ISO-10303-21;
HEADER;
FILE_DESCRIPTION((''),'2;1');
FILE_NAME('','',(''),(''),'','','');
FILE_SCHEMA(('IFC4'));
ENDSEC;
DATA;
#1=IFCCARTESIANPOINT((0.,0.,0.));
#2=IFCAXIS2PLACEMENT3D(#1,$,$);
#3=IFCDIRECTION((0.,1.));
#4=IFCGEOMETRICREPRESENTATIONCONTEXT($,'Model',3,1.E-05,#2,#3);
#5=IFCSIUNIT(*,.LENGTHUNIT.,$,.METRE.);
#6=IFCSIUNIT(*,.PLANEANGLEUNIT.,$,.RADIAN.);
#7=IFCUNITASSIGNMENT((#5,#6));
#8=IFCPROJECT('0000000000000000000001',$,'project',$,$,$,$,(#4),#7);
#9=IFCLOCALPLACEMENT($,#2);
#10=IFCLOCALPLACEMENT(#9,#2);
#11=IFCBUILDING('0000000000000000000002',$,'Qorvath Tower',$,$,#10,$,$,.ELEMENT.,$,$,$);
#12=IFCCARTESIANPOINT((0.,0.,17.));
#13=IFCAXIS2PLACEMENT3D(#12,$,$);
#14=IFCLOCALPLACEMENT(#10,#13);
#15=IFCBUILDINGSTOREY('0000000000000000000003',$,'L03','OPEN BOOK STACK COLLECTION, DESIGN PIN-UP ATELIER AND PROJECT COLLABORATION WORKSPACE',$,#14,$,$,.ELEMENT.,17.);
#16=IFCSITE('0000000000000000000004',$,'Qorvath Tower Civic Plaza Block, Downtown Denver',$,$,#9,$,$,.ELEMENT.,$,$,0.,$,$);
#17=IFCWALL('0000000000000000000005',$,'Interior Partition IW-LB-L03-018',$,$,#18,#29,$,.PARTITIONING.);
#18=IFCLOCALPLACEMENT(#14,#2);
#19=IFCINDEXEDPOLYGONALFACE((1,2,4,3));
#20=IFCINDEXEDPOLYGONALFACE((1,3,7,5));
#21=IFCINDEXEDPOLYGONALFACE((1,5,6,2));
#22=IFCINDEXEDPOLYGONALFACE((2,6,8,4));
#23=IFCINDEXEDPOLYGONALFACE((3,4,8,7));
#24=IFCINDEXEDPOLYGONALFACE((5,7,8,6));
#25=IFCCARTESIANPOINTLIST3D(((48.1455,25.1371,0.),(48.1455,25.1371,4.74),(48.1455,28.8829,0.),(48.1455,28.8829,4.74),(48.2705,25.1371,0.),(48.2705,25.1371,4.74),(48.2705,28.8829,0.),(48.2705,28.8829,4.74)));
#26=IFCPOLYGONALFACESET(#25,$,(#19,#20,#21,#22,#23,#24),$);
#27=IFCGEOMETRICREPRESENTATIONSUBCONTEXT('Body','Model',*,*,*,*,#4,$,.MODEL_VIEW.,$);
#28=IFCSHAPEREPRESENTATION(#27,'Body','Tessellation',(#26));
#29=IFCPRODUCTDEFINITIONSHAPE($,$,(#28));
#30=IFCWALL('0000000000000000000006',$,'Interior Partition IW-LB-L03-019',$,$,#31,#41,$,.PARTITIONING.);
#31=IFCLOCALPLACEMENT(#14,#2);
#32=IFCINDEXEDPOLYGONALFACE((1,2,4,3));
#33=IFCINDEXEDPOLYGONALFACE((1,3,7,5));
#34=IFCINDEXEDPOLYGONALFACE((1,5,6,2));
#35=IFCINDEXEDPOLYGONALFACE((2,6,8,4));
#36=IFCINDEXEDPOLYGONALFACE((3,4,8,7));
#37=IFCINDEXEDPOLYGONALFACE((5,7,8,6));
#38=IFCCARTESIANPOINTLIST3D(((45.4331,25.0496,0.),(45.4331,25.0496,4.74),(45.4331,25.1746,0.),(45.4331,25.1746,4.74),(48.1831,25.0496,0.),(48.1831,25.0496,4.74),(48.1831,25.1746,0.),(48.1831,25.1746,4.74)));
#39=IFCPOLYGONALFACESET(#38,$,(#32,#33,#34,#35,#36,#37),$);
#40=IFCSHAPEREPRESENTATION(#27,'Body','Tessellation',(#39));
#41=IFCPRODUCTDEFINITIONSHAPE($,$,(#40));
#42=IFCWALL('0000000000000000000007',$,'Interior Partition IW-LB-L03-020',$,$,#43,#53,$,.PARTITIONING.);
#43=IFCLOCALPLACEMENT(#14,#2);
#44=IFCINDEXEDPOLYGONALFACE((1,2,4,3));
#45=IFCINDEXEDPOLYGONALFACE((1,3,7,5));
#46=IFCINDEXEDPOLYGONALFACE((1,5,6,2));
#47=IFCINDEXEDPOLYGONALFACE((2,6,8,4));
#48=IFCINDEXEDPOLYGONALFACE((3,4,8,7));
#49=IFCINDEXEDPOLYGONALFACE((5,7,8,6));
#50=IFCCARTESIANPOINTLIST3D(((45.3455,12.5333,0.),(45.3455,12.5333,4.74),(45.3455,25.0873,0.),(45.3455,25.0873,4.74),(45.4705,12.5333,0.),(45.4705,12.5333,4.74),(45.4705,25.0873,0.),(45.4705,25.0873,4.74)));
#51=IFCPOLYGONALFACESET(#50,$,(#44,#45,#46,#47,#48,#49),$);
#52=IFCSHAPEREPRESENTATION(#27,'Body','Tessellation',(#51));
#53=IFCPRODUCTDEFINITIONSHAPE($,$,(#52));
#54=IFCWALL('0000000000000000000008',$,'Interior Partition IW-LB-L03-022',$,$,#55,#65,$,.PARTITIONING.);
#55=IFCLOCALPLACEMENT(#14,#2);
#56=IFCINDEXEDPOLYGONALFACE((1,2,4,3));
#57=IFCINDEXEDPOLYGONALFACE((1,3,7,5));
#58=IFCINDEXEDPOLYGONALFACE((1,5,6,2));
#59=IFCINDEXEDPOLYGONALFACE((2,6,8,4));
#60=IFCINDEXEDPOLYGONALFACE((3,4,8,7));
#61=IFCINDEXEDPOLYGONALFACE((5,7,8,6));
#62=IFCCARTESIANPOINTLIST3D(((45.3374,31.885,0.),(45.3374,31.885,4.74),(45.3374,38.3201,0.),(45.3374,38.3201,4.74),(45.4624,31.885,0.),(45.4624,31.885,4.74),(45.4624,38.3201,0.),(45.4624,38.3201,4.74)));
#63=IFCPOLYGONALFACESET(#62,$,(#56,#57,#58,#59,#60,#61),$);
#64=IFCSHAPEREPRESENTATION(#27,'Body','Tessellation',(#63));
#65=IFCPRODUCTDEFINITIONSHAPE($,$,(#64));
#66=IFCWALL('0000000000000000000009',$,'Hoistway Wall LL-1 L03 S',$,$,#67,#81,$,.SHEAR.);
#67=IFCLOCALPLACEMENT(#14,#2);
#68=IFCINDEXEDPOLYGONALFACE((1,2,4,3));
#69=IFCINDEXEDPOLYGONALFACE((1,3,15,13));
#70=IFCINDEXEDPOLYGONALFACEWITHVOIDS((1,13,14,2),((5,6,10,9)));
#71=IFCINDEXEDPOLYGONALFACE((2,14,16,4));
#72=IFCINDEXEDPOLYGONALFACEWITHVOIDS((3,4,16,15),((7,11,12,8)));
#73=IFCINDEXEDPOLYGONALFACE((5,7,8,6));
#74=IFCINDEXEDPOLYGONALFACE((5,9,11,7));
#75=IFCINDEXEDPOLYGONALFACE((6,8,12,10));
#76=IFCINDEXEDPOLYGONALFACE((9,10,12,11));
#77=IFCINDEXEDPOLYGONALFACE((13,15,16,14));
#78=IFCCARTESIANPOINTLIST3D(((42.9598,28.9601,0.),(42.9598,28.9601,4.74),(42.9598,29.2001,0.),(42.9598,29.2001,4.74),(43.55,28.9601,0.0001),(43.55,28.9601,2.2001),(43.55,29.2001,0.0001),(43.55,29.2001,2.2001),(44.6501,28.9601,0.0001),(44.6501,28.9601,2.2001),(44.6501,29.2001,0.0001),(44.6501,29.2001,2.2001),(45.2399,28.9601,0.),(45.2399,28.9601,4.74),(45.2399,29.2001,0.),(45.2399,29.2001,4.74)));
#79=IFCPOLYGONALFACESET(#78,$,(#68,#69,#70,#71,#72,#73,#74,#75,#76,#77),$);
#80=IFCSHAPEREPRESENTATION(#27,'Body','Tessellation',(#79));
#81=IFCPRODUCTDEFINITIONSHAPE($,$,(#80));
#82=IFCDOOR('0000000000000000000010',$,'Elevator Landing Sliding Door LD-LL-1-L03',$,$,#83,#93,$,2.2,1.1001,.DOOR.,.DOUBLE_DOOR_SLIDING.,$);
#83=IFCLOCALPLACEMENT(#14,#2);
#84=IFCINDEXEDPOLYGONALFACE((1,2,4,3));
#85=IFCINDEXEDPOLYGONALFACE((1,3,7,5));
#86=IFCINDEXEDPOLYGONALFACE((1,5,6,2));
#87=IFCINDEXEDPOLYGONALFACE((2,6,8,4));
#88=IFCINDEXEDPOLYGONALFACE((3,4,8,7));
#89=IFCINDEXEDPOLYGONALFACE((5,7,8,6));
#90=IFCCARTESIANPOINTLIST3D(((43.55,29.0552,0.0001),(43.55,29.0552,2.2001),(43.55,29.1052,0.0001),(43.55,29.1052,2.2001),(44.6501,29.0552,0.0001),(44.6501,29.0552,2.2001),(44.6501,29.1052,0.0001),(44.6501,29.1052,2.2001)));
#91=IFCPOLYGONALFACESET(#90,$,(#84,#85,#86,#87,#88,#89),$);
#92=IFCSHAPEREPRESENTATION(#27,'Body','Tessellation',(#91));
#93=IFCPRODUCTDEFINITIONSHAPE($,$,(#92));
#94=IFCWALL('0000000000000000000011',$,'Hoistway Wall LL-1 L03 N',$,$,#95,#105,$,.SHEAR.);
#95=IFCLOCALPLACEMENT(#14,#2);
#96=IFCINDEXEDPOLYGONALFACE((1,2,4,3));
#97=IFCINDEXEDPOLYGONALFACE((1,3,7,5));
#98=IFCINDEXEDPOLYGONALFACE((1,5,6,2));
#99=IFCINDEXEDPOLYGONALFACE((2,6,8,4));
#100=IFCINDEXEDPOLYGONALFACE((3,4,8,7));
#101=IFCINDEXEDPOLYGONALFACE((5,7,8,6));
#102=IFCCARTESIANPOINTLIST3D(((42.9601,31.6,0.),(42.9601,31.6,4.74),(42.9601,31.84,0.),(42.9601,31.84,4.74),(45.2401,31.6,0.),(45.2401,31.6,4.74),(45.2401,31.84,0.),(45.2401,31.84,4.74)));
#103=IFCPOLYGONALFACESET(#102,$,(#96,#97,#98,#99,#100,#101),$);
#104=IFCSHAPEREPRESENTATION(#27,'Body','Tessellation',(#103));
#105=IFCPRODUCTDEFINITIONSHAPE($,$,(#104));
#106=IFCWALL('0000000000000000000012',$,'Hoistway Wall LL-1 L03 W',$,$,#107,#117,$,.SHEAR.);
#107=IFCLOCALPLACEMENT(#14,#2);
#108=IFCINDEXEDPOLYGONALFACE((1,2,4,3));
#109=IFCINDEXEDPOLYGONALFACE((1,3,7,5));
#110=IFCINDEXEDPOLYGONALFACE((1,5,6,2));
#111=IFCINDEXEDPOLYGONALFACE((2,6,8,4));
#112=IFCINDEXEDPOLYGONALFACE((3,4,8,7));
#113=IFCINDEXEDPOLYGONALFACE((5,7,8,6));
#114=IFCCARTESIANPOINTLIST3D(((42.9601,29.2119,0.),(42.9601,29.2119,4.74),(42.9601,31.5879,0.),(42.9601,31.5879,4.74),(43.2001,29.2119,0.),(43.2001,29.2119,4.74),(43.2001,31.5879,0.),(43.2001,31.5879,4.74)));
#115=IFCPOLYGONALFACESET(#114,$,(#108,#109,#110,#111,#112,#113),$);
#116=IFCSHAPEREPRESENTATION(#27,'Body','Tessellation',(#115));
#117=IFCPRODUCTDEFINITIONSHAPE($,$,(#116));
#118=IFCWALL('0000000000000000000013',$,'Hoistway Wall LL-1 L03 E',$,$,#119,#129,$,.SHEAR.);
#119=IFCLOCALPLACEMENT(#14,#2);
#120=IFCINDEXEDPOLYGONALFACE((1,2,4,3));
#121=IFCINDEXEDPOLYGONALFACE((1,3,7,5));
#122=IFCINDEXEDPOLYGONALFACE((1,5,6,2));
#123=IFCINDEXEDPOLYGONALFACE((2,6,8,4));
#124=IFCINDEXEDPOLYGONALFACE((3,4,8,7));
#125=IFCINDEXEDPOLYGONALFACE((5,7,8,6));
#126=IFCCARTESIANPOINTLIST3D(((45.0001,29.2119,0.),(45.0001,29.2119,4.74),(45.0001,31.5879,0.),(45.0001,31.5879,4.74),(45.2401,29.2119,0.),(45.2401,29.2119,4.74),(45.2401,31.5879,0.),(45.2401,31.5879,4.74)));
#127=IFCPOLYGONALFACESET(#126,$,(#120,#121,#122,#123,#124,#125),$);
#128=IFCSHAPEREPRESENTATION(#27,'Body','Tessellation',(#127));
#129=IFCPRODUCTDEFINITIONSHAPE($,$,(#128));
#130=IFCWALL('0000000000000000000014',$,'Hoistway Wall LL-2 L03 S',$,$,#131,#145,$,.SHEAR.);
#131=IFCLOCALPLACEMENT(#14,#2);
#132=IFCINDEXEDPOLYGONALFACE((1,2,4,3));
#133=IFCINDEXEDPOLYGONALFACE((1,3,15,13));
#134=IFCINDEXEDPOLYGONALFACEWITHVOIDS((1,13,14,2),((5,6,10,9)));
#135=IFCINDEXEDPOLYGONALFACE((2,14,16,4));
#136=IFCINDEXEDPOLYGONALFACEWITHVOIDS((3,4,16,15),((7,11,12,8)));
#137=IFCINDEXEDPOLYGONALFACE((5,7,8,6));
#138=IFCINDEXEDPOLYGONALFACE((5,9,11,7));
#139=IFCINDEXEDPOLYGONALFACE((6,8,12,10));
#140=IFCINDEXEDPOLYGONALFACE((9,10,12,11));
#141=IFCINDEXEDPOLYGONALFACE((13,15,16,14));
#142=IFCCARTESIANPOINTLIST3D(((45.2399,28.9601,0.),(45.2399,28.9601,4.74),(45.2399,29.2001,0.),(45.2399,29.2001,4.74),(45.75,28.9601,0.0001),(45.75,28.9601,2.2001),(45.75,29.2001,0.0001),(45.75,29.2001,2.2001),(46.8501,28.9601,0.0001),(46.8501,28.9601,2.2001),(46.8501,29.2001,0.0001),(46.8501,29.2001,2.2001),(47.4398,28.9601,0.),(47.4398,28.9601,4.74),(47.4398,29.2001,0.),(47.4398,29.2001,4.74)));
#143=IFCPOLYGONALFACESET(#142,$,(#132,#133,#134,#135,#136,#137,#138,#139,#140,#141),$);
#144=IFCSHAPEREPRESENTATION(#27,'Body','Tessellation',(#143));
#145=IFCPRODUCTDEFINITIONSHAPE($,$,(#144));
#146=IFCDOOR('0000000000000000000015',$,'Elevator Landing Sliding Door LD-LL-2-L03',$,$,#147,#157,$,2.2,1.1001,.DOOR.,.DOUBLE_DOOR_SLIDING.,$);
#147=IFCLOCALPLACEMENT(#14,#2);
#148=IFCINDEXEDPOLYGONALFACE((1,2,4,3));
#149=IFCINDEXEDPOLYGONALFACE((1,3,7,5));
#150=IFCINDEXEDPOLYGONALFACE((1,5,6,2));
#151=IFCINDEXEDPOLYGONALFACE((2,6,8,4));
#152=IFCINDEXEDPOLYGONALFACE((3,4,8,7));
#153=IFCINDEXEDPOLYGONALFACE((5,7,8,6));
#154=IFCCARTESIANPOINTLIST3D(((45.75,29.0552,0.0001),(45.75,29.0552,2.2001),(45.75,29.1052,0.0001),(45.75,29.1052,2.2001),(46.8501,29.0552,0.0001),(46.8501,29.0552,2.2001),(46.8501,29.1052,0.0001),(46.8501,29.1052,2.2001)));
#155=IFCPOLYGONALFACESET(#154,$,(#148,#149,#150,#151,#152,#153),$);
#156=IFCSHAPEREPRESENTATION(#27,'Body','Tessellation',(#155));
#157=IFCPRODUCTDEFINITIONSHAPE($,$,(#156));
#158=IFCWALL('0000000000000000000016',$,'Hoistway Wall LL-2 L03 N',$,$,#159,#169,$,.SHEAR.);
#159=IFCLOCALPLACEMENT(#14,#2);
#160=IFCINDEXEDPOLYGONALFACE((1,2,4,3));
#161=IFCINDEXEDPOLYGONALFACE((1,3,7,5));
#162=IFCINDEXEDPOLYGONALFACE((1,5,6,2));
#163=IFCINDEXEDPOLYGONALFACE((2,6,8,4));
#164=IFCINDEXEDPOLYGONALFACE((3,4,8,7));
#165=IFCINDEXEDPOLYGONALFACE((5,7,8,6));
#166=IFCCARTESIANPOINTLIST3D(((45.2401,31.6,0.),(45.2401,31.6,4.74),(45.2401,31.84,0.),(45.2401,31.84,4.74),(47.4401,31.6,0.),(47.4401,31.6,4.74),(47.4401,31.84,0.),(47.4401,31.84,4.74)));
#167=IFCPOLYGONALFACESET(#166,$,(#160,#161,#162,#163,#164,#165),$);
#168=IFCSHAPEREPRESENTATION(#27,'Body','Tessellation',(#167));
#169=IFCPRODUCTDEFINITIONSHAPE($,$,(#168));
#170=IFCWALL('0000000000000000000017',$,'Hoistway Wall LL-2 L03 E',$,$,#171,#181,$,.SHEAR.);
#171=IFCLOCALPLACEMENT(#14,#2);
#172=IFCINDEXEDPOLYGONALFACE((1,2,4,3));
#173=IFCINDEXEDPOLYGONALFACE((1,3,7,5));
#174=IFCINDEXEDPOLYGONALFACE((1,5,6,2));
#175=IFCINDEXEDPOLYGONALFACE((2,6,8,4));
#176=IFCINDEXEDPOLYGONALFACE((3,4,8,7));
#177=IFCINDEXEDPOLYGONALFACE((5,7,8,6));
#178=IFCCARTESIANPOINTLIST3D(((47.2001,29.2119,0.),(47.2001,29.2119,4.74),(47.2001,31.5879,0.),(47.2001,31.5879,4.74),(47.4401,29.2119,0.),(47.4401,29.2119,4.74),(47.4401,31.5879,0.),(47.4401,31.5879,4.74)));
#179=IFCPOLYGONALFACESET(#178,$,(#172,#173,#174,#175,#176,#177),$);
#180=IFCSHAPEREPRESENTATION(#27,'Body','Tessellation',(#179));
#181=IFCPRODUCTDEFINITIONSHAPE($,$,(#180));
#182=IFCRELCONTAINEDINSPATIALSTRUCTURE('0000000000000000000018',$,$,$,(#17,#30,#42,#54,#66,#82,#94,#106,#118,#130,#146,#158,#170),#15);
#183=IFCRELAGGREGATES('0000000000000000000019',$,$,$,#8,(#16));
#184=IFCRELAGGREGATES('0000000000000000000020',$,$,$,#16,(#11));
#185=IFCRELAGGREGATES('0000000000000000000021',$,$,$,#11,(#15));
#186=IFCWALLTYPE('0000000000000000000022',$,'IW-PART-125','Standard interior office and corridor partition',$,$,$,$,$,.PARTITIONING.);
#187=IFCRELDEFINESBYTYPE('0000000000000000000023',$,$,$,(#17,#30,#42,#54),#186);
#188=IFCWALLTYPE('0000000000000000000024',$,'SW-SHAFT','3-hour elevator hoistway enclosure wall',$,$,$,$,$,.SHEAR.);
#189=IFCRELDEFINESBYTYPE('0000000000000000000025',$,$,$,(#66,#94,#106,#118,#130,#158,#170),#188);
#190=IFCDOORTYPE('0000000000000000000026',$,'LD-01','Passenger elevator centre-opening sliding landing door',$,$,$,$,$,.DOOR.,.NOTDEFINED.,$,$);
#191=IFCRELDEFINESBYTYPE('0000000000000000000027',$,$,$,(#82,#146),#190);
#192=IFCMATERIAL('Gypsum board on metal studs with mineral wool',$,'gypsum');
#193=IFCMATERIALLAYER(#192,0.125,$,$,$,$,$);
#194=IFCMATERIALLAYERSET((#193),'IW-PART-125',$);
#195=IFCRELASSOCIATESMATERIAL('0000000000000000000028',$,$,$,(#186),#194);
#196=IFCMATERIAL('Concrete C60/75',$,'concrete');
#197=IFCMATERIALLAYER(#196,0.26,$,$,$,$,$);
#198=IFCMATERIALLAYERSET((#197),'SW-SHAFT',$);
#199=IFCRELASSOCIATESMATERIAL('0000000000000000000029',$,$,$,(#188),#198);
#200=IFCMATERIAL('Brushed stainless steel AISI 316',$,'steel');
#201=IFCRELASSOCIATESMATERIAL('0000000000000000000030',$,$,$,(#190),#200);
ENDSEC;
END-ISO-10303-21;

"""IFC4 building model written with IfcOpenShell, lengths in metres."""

from ifc_helpers import new_model, si_unit, direction, frame, frame_2d, origin, place, context, subcontext, project, spatial, rectangle, extrude, material, layer, layer_set, type_object, element, fill, save


model = new_model("IFC4")

# Units and contexts
model_context = context("Model", 3, precision=1e-05, world=origin(), true_north=direction((0.0, 1.0)))
body_context = subcontext(model_context, "Body", "Model", "MODEL_VIEW")
ifc_project = project(units=[si_unit("LENGTHUNIT", "METRE"), si_unit("PLANEANGLEUNIT", "RADIAN")], contexts=[model_context])

# Site, building, storey
site_placement = place(None, origin())
site = spatial("IfcSite", under=ifc_project, at=site_placement, Name="Qorvath Tower Civic Plaza Block, Downtown Denver", CompositionType="ELEMENT", RefElevation=0.0)
building_placement = place(site_placement, origin())
building = spatial("IfcBuilding", under=site, at=building_placement, Name="Qorvath Tower", CompositionType="ELEMENT")
storey_placement = place(building_placement, frame((0.0, 0.0, 17.0)))
storey = spatial("IfcBuildingStorey", under=building, at=storey_placement, Name="L03", Description="OPEN BOOK STACK COLLECTION, DESIGN PIN-UP ATELIER AND PROJECT COLLABORATION WORKSPACE", CompositionType="ELEMENT", Elevation=17.0)

# Walls
ifc_material_1 = material(Name="Gypsum board on metal studs with mineral wool", Category="gypsum")
ifc_layer_1 = layer(ifc_material_1, 0.125)
ifc_layer_set_1 = layer_set([ifc_layer_1], Name="IW-PART-125")
wall_type_1 = type_object("IfcWallType", Name="IW-PART-125", Description="Standard interior office and corridor partition", PredefinedType="PARTITIONING", material=ifc_layer_set_1)
wall_1_placement = place(storey_placement, frame((48.208, 28.8831, 0.0), z_axis=(0.0, 0.0, 1.0), x_axis=(0.0, -1.0, 0.0)))
element("IfcWall", 1, at=wall_1_placement, inside=storey, type_object=wall_type_1, Name="Interior Partition IW-LB-L03-018", PredefinedType="PARTITIONING", context=body_context, shape_type="SweptSolid", body=[
    extrude(rectangle(XDim=3.7458, YDim=0.125, at=frame_2d((1.873, 0.0))), origin(), (0.0, 0.0, 1.0), 4.74),
])
wall_2_placement = place(storey_placement, frame((45.4331, 25.1121, 0.0), z_axis=(0.0, 0.0, 1.0), x_axis=(1.0, 0.0, 0.0)))
element("IfcWall", 2, at=wall_2_placement, inside=storey, type_object=wall_type_1, Name="Interior Partition IW-LB-L03-019", PredefinedType="PARTITIONING", context=body_context, shape_type="SweptSolid", body=[
    extrude(rectangle(XDim=2.75, YDim=0.125, at=frame_2d((1.375, 0.0))), origin(), (0.0, 0.0, 1.0), 4.74),
])
wall_3_placement = place(storey_placement, frame((45.408, 25.0872, 0.0), z_axis=(0.0, 0.0, 1.0), x_axis=(0.0, -1.0, 0.0)))
element("IfcWall", 3, at=wall_3_placement, inside=storey, type_object=wall_type_1, Name="Interior Partition IW-LB-L03-020", PredefinedType="PARTITIONING", context=body_context, shape_type="SweptSolid", body=[
    extrude(rectangle(XDim=12.554, YDim=0.125, at=frame_2d((6.2769, 0.0))), origin(), (0.0, 0.0, 1.0), 4.74),
])
wall_4_placement = place(storey_placement, frame((45.3999, 38.3201, 0.0), z_axis=(0.0, 0.0, 1.0), x_axis=(0.0, -1.0, 0.0)))
element("IfcWall", 4, at=wall_4_placement, inside=storey, type_object=wall_type_1, Name="Interior Partition IW-LB-L03-022", PredefinedType="PARTITIONING", context=body_context, shape_type="SweptSolid", body=[
    extrude(rectangle(XDim=6.4351, YDim=0.125, at=frame_2d((3.2175, 0.0))), origin(), (0.0, 0.0, 1.0), 4.74),
])

# Wall, opening, door
ifc_material_2 = material(Name="Concrete C60/75", Category="concrete")
ifc_layer_2 = layer(ifc_material_2, 0.26)
ifc_layer_set_2 = layer_set([ifc_layer_2], Name="SW-SHAFT")
wall_type_2 = type_object("IfcWallType", Name="SW-SHAFT", Description="3-hour elevator hoistway enclosure wall", PredefinedType="SHEAR", material=ifc_layer_set_2)
wall_5_placement = place(storey_placement, frame((45.24, 29.0801, 0.0), z_axis=(0.0, 0.0, 1.0), x_axis=(-1.0, 0.0, 0.0)))
wall_5 = element("IfcWall", 5, at=wall_5_placement, inside=storey, type_object=wall_type_2, Name="Hoistway Wall LL-1 L03 S", PredefinedType="SHEAR", context=body_context, shape_type="SweptSolid", body=[
    extrude(rectangle(XDim=2.28, YDim=0.24, at=frame_2d((1.1401, 0.0))), origin(), (0.0, 0.0, 1.0), 4.74),
])
opening_1_placement = place(wall_5_placement, frame((0.5898, 0.0, 0.0)))
opening_1 = element("IfcOpeningElement", 6, at=opening_1_placement, cuts=wall_5, PredefinedType="OPENING", context=body_context, shape_type="SweptSolid", body=[
    extrude(rectangle(XDim=1.1001, YDim=2.2, at=frame_2d((0.55, 1.1001))), frame((0.0, 0.1299, 0.0), z_axis=(0.0, -1.0, 0.0), x_axis=(1.0, 0.0, 0.0)), (0.0, 0.0, 1.0), 0.26),
])
ifc_material_3 = material(Name="Brushed stainless steel AISI 316", Category="steel")
door_type = type_object("IfcDoorType", Name="LD-01", Description="Passenger elevator centre-opening sliding landing door", OperationType="NOTDEFINED", PredefinedType="DOOR", material=ifc_material_3)
door_1_placement = place(opening_1_placement, origin())
door_1 = element("IfcDoor", 7, at=door_1_placement, inside=storey, type_object=door_type, Name="Elevator Landing Sliding Door LD-LL-1-L03", OperationType="DOUBLE_DOOR_SLIDING", OverallHeight=2.2, OverallWidth=1.1001, PredefinedType="DOOR", context=body_context, shape_type="SweptSolid", body=[
    extrude(rectangle(XDim=1.1001, YDim=2.2, at=frame_2d((0.55, 1.1001))), frame((0.0, 0.0249, 0.0), z_axis=(0.0, -1.0, 0.0), x_axis=(1.0, 0.0, 0.0)), (0.0, 0.0, 1.0), 0.05),
])
fill(opening_1, door_1)

# Walls
wall_6_placement = place(storey_placement, frame((42.96, 31.72, 0.0), z_axis=(0.0, 0.0, 1.0), x_axis=(1.0, 0.0, 0.0)))
element("IfcWall", 8, at=wall_6_placement, inside=storey, type_object=wall_type_2, Name="Hoistway Wall LL-1 L03 N", PredefinedType="SHEAR", context=body_context, shape_type="SweptSolid", body=[
    extrude(rectangle(XDim=2.28, YDim=0.24, at=frame_2d((1.1401, 0.0))), origin(), (0.0, 0.0, 1.0), 4.74),
])
for number, where, z_axis, x_axis, name in (
    (9, (43.0801, 29.2119, 0.0), (0.0, 0.0, 1.0), (0.0, 1.0, 0.0), "Hoistway Wall LL-1 L03 W"),
    (10, (45.1201, 31.5879, 0.0), (0.0, 0.0, 1.0), (0.0, -1.0, 0.0), "Hoistway Wall LL-1 L03 E"),
):
    element("IfcWall", number, at=place(storey_placement, frame(where, z_axis=z_axis, x_axis=x_axis)), inside=storey, type_object=wall_type_2, Name=name, PredefinedType="SHEAR", context=body_context, shape_type="SweptSolid", body=[
        extrude(rectangle(XDim=2.376, YDim=0.24, at=frame_2d((1.188, 0.0))), origin(), (0.0, 0.0, 1.0), 4.74),
    ])

# Wall, opening, door
wall_7_placement = place(storey_placement, frame((47.4399, 29.0801, 0.0), z_axis=(0.0, 0.0, 1.0), x_axis=(-1.0, 0.0, 0.0)))
wall_7 = element("IfcWall", 11, at=wall_7_placement, inside=storey, type_object=wall_type_2, Name="Hoistway Wall LL-2 L03 S", PredefinedType="SHEAR", context=body_context, shape_type="SweptSolid", body=[
    extrude(rectangle(XDim=2.2, YDim=0.24, at=frame_2d((1.1001, 0.0))), origin(), (0.0, 0.0, 1.0), 4.74),
])
opening_2_placement = place(wall_7_placement, frame((0.5898, 0.0, 0.0)))
opening_2 = element("IfcOpeningElement", 12, at=opening_2_placement, cuts=wall_7, PredefinedType="OPENING", context=body_context, shape_type="SweptSolid", body=[
    extrude(rectangle(XDim=1.1001, YDim=2.2, at=frame_2d((0.55, 1.1001))), frame((0.0, 0.1299, 0.0), z_axis=(0.0, -1.0, 0.0), x_axis=(1.0, 0.0, 0.0)), (0.0, 0.0, 1.0), 0.26),
])
door_2_placement = place(opening_2_placement, origin())
door_2 = element("IfcDoor", 13, at=door_2_placement, inside=storey, type_object=door_type, Name="Elevator Landing Sliding Door LD-LL-2-L03", OperationType="DOUBLE_DOOR_SLIDING", OverallHeight=2.2, OverallWidth=1.1001, PredefinedType="DOOR", context=body_context, shape_type="SweptSolid", body=[
    extrude(rectangle(XDim=1.1001, YDim=2.2, at=frame_2d((0.55, 1.1001))), frame((0.0, 0.0249, 0.0), z_axis=(0.0, -1.0, 0.0), x_axis=(1.0, 0.0, 0.0)), (0.0, 0.0, 1.0), 0.05),
])
fill(opening_2, door_2)

# Walls
wall_8_placement = place(storey_placement, frame((45.24, 31.72, 0.0), z_axis=(0.0, 0.0, 1.0), x_axis=(1.0, 0.0, 0.0)))
element("IfcWall", 14, at=wall_8_placement, inside=storey, type_object=wall_type_2, Name="Hoistway Wall LL-2 L03 N", PredefinedType="SHEAR", context=body_context, shape_type="SweptSolid", body=[
    extrude(rectangle(XDim=2.2, YDim=0.24, at=frame_2d((1.1001, 0.0))), origin(), (0.0, 0.0, 1.0), 4.74),
])
wall_9_placement = place(storey_placement, frame((47.3201, 31.5879, 0.0), z_axis=(0.0, 0.0, 1.0), x_axis=(0.0, -1.0, 0.0)))
element("IfcWall", 15, at=wall_9_placement, inside=storey, type_object=wall_type_2, Name="Hoistway Wall LL-2 L03 E", PredefinedType="SHEAR", context=body_context, shape_type="SweptSolid", body=[
    extrude(rectangle(XDim=2.376, YDim=0.24, at=frame_2d((1.188, 0.0))), origin(), (0.0, 0.0, 1.0), 4.74),
])

save(model, "model.ifc")
